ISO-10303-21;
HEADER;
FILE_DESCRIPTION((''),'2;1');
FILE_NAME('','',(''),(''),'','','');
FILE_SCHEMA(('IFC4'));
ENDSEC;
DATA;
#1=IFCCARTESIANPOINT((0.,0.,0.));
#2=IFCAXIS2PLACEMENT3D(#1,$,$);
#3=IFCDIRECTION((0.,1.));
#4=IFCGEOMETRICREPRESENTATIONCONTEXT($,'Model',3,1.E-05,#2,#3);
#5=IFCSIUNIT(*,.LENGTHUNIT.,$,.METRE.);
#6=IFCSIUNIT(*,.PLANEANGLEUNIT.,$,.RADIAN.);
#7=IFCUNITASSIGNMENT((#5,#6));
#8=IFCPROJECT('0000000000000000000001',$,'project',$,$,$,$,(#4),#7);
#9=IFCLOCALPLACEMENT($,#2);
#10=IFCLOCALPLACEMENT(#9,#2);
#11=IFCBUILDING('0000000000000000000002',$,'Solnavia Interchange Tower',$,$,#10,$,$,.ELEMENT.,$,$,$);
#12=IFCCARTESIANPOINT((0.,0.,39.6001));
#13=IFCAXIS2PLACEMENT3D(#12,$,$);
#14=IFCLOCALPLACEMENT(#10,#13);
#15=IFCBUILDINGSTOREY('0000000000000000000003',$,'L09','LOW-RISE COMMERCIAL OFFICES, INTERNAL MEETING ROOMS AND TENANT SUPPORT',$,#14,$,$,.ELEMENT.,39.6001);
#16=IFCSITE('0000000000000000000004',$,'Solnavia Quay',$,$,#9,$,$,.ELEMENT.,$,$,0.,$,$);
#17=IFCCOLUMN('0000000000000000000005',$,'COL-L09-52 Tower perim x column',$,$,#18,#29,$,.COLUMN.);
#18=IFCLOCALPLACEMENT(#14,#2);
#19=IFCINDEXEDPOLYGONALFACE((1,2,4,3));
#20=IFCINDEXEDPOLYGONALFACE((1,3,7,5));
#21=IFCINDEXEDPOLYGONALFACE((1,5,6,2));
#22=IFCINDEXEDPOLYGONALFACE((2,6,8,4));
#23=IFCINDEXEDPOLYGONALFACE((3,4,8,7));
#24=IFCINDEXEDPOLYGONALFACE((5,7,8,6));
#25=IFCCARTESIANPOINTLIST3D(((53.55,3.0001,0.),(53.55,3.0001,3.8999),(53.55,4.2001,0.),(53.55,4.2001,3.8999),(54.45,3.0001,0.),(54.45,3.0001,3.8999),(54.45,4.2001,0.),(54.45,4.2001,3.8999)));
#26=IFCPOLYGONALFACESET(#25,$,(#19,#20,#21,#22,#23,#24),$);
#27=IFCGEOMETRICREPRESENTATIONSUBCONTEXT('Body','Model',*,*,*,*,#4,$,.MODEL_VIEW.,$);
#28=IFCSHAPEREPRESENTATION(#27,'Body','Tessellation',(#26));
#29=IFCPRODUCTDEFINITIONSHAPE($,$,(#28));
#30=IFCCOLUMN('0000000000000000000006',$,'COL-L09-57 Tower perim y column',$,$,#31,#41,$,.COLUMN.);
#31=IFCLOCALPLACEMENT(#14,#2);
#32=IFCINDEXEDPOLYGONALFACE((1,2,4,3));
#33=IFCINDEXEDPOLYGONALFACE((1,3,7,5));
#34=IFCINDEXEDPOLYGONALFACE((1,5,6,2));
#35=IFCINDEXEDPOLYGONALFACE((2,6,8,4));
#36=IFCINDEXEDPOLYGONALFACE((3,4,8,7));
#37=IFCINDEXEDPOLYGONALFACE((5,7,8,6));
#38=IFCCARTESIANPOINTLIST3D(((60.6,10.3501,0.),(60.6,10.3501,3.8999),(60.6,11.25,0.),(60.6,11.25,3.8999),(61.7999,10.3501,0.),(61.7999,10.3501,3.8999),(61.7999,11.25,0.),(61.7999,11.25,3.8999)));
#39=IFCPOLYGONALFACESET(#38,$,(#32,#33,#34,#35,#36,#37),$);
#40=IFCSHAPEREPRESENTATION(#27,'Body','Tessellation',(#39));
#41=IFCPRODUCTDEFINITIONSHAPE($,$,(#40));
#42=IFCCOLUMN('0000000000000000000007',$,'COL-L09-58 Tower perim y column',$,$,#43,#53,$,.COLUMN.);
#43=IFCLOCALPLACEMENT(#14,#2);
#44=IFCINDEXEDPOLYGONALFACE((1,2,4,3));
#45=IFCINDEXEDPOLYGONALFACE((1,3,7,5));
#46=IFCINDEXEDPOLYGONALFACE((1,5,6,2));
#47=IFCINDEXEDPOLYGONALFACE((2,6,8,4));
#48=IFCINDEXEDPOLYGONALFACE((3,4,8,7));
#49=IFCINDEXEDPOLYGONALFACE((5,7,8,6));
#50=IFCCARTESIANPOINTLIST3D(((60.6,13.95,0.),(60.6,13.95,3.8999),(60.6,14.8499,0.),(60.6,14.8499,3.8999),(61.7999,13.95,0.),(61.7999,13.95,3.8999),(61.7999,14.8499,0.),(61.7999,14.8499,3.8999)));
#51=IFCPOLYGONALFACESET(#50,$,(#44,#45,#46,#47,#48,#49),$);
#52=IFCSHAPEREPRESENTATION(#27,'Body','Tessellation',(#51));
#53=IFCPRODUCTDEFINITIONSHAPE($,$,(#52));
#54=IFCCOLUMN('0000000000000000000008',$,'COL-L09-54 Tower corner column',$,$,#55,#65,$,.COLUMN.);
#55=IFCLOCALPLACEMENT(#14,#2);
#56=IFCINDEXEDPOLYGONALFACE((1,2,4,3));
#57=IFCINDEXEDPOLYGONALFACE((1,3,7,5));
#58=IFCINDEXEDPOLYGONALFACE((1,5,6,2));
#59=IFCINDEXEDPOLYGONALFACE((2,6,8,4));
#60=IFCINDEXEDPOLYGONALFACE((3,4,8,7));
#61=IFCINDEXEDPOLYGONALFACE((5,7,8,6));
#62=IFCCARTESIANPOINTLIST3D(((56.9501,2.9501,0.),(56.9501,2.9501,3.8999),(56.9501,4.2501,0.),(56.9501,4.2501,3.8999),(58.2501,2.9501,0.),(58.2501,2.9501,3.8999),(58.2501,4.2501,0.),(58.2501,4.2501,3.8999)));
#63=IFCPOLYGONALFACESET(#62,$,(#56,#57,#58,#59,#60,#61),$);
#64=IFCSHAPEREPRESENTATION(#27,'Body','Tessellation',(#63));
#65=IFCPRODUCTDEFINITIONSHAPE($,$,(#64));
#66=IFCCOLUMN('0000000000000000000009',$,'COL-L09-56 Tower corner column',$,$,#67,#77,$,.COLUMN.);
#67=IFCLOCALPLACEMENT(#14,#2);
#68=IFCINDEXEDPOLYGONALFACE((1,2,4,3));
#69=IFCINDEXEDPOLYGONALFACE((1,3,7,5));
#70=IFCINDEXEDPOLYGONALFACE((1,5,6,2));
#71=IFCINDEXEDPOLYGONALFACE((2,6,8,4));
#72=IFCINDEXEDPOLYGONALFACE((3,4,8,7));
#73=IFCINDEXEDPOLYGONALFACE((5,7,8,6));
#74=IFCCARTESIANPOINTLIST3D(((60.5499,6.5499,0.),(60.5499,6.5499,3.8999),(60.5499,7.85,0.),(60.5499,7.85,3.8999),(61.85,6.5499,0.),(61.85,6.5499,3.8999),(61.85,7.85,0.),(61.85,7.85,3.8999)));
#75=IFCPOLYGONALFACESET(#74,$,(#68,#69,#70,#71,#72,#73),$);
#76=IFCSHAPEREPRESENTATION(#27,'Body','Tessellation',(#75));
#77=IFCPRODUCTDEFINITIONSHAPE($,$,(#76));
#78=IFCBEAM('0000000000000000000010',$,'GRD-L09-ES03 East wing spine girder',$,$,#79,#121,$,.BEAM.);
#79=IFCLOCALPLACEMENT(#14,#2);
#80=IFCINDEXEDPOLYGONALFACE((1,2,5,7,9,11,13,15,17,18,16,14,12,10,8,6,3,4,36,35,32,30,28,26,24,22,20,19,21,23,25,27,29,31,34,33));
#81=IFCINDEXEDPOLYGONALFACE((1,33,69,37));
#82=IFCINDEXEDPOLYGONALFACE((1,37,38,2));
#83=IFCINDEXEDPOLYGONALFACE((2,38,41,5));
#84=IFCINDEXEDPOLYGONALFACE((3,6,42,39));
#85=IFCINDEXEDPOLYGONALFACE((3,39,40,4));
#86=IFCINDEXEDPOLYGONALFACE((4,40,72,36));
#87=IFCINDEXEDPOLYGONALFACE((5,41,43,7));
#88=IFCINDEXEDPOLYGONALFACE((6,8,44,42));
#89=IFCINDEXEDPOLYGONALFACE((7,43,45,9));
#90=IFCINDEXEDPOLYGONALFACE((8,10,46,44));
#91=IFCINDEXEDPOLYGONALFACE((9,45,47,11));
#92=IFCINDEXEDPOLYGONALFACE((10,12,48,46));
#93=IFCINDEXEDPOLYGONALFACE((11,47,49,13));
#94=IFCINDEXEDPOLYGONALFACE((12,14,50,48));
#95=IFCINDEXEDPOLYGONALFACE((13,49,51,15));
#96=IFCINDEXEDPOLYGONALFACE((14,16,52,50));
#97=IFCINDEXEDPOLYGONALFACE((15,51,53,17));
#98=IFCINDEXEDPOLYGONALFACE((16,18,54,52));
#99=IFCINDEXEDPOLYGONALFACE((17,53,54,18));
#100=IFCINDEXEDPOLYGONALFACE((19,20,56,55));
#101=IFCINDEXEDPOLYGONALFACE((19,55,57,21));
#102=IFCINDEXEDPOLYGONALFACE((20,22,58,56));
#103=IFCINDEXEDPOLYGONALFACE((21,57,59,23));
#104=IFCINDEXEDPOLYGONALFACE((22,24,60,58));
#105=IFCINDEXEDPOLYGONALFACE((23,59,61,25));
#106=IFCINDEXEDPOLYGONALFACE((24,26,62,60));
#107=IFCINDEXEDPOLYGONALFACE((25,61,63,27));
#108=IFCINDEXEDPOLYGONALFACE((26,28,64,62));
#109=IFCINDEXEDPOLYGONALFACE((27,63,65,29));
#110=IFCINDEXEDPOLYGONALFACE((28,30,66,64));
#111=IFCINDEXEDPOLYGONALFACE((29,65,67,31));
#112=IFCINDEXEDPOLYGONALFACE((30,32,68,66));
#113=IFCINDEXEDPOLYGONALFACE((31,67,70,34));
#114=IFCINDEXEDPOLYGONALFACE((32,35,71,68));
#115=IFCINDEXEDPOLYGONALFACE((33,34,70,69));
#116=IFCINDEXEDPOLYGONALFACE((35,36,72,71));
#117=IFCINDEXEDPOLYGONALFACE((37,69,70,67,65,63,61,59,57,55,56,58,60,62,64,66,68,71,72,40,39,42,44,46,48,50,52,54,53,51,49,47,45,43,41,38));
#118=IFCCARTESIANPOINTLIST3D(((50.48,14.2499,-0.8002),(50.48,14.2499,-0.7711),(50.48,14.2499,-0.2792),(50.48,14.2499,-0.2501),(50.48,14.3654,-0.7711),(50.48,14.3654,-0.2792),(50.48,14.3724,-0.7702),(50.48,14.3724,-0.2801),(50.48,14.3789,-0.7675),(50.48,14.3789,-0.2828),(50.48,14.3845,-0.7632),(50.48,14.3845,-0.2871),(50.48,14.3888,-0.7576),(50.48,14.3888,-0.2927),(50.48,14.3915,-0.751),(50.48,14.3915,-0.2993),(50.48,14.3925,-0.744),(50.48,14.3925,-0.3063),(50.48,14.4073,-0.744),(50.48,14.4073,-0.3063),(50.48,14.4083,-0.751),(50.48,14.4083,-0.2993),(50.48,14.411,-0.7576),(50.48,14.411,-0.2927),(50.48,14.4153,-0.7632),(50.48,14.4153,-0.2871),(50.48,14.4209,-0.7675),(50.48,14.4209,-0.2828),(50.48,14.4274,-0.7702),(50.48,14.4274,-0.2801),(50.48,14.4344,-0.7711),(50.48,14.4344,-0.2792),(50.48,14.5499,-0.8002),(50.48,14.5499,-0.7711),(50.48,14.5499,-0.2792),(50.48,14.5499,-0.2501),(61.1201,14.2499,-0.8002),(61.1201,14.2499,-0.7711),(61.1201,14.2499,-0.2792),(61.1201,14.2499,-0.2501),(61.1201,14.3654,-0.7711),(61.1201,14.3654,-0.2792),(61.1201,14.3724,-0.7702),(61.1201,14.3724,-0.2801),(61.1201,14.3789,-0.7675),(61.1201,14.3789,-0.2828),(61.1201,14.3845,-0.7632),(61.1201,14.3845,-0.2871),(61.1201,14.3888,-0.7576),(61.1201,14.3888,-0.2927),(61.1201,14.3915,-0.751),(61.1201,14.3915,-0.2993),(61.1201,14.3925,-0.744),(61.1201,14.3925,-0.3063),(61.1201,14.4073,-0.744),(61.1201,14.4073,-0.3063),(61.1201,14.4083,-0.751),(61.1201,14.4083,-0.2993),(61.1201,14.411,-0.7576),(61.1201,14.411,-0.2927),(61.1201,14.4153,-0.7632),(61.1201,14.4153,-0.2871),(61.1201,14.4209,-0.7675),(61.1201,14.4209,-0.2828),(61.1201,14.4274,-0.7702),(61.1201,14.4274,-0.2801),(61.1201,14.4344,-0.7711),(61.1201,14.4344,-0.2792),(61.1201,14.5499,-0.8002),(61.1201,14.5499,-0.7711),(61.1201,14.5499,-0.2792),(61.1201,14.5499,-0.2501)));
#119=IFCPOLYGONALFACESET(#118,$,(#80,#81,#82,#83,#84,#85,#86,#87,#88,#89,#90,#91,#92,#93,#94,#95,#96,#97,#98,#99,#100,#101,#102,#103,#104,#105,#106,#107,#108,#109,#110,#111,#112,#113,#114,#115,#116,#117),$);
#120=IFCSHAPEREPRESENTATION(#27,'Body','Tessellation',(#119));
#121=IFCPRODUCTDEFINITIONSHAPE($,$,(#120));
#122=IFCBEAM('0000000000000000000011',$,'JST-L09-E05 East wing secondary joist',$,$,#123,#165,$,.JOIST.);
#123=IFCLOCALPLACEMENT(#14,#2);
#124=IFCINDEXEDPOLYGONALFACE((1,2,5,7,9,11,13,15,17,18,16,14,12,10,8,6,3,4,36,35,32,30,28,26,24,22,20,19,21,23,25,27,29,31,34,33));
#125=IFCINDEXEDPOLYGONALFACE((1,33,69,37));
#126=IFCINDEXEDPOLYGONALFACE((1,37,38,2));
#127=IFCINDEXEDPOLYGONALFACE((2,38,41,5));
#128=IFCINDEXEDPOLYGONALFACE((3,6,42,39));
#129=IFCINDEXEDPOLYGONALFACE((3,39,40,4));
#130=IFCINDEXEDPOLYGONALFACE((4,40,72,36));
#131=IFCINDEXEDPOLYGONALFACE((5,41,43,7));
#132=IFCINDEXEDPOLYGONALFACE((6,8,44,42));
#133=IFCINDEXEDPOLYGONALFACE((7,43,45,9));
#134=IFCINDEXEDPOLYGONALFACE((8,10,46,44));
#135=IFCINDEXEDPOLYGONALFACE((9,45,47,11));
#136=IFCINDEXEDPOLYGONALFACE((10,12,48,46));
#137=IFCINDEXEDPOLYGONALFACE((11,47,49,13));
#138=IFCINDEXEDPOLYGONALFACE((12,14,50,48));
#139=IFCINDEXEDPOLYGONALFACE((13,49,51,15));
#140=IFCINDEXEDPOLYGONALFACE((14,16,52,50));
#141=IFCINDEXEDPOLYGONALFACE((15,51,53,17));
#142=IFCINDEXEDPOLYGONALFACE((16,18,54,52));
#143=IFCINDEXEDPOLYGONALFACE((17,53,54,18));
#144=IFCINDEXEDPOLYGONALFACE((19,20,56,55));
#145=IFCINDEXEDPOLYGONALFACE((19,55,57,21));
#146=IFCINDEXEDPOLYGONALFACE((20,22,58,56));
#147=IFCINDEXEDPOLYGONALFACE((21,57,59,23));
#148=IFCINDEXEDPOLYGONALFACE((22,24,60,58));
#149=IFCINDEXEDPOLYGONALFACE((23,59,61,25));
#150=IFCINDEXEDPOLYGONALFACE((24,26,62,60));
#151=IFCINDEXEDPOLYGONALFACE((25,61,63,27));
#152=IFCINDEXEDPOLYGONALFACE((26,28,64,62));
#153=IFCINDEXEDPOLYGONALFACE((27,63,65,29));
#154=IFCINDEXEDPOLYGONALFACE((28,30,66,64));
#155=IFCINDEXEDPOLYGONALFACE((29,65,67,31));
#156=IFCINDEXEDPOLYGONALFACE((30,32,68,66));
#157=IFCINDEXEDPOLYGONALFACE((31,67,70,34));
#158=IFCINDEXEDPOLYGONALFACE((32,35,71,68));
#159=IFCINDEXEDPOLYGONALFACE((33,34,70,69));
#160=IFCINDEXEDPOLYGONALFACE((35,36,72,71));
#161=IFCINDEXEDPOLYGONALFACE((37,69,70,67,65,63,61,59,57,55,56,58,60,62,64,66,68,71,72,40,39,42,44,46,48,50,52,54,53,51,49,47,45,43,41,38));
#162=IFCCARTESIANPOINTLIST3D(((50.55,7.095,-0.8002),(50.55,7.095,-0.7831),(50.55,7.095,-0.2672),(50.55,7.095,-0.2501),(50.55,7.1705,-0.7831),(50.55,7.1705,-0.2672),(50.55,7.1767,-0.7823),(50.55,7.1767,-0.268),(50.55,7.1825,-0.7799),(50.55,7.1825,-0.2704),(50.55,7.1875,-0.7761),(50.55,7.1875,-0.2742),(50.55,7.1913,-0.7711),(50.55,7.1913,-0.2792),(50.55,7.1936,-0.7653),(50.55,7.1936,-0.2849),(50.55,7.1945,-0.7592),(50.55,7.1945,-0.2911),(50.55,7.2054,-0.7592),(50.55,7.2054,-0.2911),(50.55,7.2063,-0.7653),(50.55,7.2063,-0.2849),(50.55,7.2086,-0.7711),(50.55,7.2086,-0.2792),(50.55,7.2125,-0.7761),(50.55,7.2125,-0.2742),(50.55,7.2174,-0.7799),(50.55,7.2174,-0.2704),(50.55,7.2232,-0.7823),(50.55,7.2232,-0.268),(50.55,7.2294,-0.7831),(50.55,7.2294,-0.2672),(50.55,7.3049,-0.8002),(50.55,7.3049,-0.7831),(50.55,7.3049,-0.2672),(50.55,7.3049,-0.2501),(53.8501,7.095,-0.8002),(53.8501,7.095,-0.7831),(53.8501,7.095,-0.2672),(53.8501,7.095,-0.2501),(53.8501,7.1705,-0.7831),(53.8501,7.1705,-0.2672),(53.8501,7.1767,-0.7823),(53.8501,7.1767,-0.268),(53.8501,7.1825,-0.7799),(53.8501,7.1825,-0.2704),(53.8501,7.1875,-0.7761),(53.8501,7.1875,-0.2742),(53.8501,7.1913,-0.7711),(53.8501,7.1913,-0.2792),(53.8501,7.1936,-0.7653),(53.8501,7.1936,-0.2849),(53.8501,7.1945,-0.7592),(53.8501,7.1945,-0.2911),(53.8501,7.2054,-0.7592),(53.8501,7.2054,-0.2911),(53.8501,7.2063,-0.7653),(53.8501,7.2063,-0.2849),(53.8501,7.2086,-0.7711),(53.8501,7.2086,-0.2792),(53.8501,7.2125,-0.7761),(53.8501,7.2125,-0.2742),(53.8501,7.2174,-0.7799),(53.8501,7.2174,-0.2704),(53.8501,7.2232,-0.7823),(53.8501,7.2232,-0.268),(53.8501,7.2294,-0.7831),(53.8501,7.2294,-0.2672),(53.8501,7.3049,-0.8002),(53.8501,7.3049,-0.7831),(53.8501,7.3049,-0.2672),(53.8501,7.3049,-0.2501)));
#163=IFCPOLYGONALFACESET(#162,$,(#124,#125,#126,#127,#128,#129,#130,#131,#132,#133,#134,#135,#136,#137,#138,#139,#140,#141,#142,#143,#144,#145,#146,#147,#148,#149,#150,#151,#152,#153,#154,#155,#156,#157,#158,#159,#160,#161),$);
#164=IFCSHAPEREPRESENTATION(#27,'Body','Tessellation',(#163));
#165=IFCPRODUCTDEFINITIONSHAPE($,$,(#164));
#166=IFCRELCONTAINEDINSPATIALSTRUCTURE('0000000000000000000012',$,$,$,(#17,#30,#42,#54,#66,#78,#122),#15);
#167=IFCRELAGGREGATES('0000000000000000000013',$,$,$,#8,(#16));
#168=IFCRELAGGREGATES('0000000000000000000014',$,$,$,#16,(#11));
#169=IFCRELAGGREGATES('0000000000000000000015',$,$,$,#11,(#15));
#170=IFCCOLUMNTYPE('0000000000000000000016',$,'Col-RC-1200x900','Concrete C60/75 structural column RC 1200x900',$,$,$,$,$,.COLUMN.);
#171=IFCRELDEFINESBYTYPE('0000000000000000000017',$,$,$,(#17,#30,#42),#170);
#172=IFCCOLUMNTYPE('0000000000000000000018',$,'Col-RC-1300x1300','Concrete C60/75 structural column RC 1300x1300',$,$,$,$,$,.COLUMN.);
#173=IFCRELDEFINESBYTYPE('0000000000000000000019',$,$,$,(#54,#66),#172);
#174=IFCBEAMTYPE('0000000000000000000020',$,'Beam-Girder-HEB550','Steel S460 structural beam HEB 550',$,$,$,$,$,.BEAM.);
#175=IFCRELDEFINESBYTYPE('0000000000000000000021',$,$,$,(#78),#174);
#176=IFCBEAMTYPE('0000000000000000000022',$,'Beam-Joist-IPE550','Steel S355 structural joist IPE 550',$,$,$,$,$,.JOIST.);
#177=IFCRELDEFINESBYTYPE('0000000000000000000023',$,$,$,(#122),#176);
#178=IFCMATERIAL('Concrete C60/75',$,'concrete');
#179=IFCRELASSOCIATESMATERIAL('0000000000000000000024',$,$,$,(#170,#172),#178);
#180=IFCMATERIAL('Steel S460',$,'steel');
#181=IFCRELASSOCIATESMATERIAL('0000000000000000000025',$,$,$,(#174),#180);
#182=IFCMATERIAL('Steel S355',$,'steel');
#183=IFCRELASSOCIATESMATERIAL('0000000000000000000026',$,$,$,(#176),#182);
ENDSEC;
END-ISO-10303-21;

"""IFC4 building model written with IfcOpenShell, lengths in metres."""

from ifc_helpers import new_model, si_unit, direction, frame, origin, origin_2d, place, context, subcontext, project, spatial, rectangle, i_section, extrude, material, material_profile, profile_set, type_object, element, save


model = new_model("IFC4")

# Units and contexts
model_context = context("Model", 3, precision=1e-05, world=origin(), true_north=direction((0.0, 1.0)))
body_context = subcontext(model_context, "Body", "Model", "MODEL_VIEW")
ifc_project = project(units=[si_unit("LENGTHUNIT", "METRE"), si_unit("PLANEANGLEUNIT", "RADIAN")], contexts=[model_context])

# Site, building, storey
site_placement = place(None, origin())
site = spatial("IfcSite", under=ifc_project, at=site_placement, Name="Solnavia Quay", CompositionType="ELEMENT", RefElevation=0.0)
building_placement = place(site_placement, origin())
building = spatial("IfcBuilding", under=site, at=building_placement, Name="Solnavia Interchange Tower", CompositionType="ELEMENT")
storey_placement = place(building_placement, frame((0.0, 0.0, 39.6001)))
storey = spatial("IfcBuildingStorey", under=building, at=storey_placement, Name="L09", Description="LOW-RISE COMMERCIAL OFFICES, INTERNAL MEETING ROOMS AND TENANT SUPPORT", CompositionType="ELEMENT", Elevation=39.6001)

# Columns
ifc_material_1 = material(Name="Concrete C60/75", Category="concrete")
ifc_material_profile_1 = material_profile(ifc_material_1, rectangle(XDim=0.8999, YDim=1.2, at=origin_2d()), Name="RC 1200x900")
ifc_profile_set_1 = profile_set([ifc_material_profile_1], Name="Concrete C60/75")
column_type_1 = type_object("IfcColumnType", Name="Col-RC-1200x900", Description="Concrete C60/75 structural column RC 1200x900", PredefinedType="COLUMN", material=ifc_profile_set_1)
for number, where, z_axis, x_axis, name in (
    (1, (54.0, 3.6001, 0.0), (0.0, 0.0, 1.0), (1.0, 0.0, 0.0), "COL-L09-52 Tower perim x column"),
    (2, (61.2, 10.8, 0.0), (0.0, 0.0, 1.0), (0.0, 1.0, 0.0), "COL-L09-57 Tower perim y column"),
    (3, (61.2, 14.3999, 0.0), (0.0, 0.0, 1.0), (0.0, 1.0, 0.0), "COL-L09-58 Tower perim y column"),
):
    element("IfcColumn", number, at=place(storey_placement, frame(where, z_axis=z_axis, x_axis=x_axis)), inside=storey, type_object=column_type_1, Name=name, PredefinedType="COLUMN", context=body_context, shape_type="SweptSolid", body=[
        extrude(rectangle(XDim=0.8999, YDim=1.2, at=origin_2d()), origin(), (0.0, 0.0, 1.0), 3.8999),
    ])
ifc_material_profile_2 = material_profile(ifc_material_1, rectangle(XDim=1.3, YDim=1.3, at=origin_2d()), Name="RC 1300x1300")
ifc_profile_set_2 = profile_set([ifc_material_profile_2], Name="Concrete C60/75")
column_type_2 = type_object("IfcColumnType", Name="Col-RC-1300x1300", Description="Concrete C60/75 structural column RC 1300x1300", PredefinedType="COLUMN", material=ifc_profile_set_2)
for number, where, z_axis, x_axis, name in (
    (4, (57.6001, 3.6001, 0.0), (0.0, 0.0, 1.0), (1.0, 0.0, 0.0), "COL-L09-54 Tower corner column"),
    (5, (61.2, 7.2, 0.0), (0.0, 0.0, 1.0), (1.0, 0.0, 0.0), "COL-L09-56 Tower corner column"),
):
    element("IfcColumn", number, at=place(storey_placement, frame(where, z_axis=z_axis, x_axis=x_axis)), inside=storey, type_object=column_type_2, Name=name, PredefinedType="COLUMN", context=body_context, shape_type="SweptSolid", body=[
        extrude(rectangle(XDim=1.3, YDim=1.3, at=origin_2d()), origin(), (0.0, 0.0, 1.0), 3.8999),
    ])

# Beams
ifc_material_2 = material(Name="Steel S460", Category="steel")
ifc_material_profile_3 = material_profile(ifc_material_2, i_section(OverallWidth=0.3, OverallDepth=0.55, WebThickness=0.0149, FlangeThickness=0.0291, FilletRadius=0.0271, at=origin_2d()), Name="HEB 550")
ifc_profile_set_3 = profile_set([ifc_material_profile_3], Name="Steel S460")
beam_type_1 = type_object("IfcBeamType", Name="Beam-Girder-HEB550", Description="Steel S460 structural beam HEB 550", PredefinedType="BEAM", material=ifc_profile_set_3)
beam_1_placement = place(storey_placement, frame((50.48, 14.3999, -0.5251), z_axis=(1.0, 0.0, 0.0), x_axis=(0.0, 1.0, 0.0)))
element("IfcBeam", 6, at=beam_1_placement, inside=storey, type_object=beam_type_1, Name="GRD-L09-ES03 East wing spine girder", PredefinedType="BEAM", context=body_context, shape_type="SweptSolid", body=[
    extrude(i_section(OverallWidth=0.3, OverallDepth=0.55, WebThickness=0.0149, FlangeThickness=0.0291, FilletRadius=0.0271, at=origin_2d()), origin(), (0.0, 0.0, 1.0), 10.6401),
])
ifc_material_3 = material(Name="Steel S355", Category="steel")
ifc_material_profile_4 = material_profile(ifc_material_3, i_section(OverallWidth=0.21, OverallDepth=0.55, WebThickness=0.011, FlangeThickness=0.0171, FilletRadius=0.0239, at=origin_2d()), Name="IPE 550")
ifc_profile_set_4 = profile_set([ifc_material_profile_4], Name="Steel S355")
beam_type_2 = type_object("IfcBeamType", Name="Beam-Joist-IPE550", Description="Steel S355 structural joist IPE 550", PredefinedType="JOIST", material=ifc_profile_set_4)
beam_2_placement = place(storey_placement, frame((50.55, 7.2, -0.5251), z_axis=(1.0, 0.0, 0.0), x_axis=(0.0, 1.0, 0.0)))
element("IfcBeam", 7, at=beam_2_placement, inside=storey, type_object=beam_type_2, Name="JST-L09-E05 East wing secondary joist", PredefinedType="JOIST", context=body_context, shape_type="SweptSolid", body=[
    extrude(i_section(OverallWidth=0.21, OverallDepth=0.55, WebThickness=0.011, FlangeThickness=0.0171, FilletRadius=0.0239, at=origin_2d()), origin(), (0.0, 0.0, 1.0), 3.3),
])

save(model, "model.ifc")
